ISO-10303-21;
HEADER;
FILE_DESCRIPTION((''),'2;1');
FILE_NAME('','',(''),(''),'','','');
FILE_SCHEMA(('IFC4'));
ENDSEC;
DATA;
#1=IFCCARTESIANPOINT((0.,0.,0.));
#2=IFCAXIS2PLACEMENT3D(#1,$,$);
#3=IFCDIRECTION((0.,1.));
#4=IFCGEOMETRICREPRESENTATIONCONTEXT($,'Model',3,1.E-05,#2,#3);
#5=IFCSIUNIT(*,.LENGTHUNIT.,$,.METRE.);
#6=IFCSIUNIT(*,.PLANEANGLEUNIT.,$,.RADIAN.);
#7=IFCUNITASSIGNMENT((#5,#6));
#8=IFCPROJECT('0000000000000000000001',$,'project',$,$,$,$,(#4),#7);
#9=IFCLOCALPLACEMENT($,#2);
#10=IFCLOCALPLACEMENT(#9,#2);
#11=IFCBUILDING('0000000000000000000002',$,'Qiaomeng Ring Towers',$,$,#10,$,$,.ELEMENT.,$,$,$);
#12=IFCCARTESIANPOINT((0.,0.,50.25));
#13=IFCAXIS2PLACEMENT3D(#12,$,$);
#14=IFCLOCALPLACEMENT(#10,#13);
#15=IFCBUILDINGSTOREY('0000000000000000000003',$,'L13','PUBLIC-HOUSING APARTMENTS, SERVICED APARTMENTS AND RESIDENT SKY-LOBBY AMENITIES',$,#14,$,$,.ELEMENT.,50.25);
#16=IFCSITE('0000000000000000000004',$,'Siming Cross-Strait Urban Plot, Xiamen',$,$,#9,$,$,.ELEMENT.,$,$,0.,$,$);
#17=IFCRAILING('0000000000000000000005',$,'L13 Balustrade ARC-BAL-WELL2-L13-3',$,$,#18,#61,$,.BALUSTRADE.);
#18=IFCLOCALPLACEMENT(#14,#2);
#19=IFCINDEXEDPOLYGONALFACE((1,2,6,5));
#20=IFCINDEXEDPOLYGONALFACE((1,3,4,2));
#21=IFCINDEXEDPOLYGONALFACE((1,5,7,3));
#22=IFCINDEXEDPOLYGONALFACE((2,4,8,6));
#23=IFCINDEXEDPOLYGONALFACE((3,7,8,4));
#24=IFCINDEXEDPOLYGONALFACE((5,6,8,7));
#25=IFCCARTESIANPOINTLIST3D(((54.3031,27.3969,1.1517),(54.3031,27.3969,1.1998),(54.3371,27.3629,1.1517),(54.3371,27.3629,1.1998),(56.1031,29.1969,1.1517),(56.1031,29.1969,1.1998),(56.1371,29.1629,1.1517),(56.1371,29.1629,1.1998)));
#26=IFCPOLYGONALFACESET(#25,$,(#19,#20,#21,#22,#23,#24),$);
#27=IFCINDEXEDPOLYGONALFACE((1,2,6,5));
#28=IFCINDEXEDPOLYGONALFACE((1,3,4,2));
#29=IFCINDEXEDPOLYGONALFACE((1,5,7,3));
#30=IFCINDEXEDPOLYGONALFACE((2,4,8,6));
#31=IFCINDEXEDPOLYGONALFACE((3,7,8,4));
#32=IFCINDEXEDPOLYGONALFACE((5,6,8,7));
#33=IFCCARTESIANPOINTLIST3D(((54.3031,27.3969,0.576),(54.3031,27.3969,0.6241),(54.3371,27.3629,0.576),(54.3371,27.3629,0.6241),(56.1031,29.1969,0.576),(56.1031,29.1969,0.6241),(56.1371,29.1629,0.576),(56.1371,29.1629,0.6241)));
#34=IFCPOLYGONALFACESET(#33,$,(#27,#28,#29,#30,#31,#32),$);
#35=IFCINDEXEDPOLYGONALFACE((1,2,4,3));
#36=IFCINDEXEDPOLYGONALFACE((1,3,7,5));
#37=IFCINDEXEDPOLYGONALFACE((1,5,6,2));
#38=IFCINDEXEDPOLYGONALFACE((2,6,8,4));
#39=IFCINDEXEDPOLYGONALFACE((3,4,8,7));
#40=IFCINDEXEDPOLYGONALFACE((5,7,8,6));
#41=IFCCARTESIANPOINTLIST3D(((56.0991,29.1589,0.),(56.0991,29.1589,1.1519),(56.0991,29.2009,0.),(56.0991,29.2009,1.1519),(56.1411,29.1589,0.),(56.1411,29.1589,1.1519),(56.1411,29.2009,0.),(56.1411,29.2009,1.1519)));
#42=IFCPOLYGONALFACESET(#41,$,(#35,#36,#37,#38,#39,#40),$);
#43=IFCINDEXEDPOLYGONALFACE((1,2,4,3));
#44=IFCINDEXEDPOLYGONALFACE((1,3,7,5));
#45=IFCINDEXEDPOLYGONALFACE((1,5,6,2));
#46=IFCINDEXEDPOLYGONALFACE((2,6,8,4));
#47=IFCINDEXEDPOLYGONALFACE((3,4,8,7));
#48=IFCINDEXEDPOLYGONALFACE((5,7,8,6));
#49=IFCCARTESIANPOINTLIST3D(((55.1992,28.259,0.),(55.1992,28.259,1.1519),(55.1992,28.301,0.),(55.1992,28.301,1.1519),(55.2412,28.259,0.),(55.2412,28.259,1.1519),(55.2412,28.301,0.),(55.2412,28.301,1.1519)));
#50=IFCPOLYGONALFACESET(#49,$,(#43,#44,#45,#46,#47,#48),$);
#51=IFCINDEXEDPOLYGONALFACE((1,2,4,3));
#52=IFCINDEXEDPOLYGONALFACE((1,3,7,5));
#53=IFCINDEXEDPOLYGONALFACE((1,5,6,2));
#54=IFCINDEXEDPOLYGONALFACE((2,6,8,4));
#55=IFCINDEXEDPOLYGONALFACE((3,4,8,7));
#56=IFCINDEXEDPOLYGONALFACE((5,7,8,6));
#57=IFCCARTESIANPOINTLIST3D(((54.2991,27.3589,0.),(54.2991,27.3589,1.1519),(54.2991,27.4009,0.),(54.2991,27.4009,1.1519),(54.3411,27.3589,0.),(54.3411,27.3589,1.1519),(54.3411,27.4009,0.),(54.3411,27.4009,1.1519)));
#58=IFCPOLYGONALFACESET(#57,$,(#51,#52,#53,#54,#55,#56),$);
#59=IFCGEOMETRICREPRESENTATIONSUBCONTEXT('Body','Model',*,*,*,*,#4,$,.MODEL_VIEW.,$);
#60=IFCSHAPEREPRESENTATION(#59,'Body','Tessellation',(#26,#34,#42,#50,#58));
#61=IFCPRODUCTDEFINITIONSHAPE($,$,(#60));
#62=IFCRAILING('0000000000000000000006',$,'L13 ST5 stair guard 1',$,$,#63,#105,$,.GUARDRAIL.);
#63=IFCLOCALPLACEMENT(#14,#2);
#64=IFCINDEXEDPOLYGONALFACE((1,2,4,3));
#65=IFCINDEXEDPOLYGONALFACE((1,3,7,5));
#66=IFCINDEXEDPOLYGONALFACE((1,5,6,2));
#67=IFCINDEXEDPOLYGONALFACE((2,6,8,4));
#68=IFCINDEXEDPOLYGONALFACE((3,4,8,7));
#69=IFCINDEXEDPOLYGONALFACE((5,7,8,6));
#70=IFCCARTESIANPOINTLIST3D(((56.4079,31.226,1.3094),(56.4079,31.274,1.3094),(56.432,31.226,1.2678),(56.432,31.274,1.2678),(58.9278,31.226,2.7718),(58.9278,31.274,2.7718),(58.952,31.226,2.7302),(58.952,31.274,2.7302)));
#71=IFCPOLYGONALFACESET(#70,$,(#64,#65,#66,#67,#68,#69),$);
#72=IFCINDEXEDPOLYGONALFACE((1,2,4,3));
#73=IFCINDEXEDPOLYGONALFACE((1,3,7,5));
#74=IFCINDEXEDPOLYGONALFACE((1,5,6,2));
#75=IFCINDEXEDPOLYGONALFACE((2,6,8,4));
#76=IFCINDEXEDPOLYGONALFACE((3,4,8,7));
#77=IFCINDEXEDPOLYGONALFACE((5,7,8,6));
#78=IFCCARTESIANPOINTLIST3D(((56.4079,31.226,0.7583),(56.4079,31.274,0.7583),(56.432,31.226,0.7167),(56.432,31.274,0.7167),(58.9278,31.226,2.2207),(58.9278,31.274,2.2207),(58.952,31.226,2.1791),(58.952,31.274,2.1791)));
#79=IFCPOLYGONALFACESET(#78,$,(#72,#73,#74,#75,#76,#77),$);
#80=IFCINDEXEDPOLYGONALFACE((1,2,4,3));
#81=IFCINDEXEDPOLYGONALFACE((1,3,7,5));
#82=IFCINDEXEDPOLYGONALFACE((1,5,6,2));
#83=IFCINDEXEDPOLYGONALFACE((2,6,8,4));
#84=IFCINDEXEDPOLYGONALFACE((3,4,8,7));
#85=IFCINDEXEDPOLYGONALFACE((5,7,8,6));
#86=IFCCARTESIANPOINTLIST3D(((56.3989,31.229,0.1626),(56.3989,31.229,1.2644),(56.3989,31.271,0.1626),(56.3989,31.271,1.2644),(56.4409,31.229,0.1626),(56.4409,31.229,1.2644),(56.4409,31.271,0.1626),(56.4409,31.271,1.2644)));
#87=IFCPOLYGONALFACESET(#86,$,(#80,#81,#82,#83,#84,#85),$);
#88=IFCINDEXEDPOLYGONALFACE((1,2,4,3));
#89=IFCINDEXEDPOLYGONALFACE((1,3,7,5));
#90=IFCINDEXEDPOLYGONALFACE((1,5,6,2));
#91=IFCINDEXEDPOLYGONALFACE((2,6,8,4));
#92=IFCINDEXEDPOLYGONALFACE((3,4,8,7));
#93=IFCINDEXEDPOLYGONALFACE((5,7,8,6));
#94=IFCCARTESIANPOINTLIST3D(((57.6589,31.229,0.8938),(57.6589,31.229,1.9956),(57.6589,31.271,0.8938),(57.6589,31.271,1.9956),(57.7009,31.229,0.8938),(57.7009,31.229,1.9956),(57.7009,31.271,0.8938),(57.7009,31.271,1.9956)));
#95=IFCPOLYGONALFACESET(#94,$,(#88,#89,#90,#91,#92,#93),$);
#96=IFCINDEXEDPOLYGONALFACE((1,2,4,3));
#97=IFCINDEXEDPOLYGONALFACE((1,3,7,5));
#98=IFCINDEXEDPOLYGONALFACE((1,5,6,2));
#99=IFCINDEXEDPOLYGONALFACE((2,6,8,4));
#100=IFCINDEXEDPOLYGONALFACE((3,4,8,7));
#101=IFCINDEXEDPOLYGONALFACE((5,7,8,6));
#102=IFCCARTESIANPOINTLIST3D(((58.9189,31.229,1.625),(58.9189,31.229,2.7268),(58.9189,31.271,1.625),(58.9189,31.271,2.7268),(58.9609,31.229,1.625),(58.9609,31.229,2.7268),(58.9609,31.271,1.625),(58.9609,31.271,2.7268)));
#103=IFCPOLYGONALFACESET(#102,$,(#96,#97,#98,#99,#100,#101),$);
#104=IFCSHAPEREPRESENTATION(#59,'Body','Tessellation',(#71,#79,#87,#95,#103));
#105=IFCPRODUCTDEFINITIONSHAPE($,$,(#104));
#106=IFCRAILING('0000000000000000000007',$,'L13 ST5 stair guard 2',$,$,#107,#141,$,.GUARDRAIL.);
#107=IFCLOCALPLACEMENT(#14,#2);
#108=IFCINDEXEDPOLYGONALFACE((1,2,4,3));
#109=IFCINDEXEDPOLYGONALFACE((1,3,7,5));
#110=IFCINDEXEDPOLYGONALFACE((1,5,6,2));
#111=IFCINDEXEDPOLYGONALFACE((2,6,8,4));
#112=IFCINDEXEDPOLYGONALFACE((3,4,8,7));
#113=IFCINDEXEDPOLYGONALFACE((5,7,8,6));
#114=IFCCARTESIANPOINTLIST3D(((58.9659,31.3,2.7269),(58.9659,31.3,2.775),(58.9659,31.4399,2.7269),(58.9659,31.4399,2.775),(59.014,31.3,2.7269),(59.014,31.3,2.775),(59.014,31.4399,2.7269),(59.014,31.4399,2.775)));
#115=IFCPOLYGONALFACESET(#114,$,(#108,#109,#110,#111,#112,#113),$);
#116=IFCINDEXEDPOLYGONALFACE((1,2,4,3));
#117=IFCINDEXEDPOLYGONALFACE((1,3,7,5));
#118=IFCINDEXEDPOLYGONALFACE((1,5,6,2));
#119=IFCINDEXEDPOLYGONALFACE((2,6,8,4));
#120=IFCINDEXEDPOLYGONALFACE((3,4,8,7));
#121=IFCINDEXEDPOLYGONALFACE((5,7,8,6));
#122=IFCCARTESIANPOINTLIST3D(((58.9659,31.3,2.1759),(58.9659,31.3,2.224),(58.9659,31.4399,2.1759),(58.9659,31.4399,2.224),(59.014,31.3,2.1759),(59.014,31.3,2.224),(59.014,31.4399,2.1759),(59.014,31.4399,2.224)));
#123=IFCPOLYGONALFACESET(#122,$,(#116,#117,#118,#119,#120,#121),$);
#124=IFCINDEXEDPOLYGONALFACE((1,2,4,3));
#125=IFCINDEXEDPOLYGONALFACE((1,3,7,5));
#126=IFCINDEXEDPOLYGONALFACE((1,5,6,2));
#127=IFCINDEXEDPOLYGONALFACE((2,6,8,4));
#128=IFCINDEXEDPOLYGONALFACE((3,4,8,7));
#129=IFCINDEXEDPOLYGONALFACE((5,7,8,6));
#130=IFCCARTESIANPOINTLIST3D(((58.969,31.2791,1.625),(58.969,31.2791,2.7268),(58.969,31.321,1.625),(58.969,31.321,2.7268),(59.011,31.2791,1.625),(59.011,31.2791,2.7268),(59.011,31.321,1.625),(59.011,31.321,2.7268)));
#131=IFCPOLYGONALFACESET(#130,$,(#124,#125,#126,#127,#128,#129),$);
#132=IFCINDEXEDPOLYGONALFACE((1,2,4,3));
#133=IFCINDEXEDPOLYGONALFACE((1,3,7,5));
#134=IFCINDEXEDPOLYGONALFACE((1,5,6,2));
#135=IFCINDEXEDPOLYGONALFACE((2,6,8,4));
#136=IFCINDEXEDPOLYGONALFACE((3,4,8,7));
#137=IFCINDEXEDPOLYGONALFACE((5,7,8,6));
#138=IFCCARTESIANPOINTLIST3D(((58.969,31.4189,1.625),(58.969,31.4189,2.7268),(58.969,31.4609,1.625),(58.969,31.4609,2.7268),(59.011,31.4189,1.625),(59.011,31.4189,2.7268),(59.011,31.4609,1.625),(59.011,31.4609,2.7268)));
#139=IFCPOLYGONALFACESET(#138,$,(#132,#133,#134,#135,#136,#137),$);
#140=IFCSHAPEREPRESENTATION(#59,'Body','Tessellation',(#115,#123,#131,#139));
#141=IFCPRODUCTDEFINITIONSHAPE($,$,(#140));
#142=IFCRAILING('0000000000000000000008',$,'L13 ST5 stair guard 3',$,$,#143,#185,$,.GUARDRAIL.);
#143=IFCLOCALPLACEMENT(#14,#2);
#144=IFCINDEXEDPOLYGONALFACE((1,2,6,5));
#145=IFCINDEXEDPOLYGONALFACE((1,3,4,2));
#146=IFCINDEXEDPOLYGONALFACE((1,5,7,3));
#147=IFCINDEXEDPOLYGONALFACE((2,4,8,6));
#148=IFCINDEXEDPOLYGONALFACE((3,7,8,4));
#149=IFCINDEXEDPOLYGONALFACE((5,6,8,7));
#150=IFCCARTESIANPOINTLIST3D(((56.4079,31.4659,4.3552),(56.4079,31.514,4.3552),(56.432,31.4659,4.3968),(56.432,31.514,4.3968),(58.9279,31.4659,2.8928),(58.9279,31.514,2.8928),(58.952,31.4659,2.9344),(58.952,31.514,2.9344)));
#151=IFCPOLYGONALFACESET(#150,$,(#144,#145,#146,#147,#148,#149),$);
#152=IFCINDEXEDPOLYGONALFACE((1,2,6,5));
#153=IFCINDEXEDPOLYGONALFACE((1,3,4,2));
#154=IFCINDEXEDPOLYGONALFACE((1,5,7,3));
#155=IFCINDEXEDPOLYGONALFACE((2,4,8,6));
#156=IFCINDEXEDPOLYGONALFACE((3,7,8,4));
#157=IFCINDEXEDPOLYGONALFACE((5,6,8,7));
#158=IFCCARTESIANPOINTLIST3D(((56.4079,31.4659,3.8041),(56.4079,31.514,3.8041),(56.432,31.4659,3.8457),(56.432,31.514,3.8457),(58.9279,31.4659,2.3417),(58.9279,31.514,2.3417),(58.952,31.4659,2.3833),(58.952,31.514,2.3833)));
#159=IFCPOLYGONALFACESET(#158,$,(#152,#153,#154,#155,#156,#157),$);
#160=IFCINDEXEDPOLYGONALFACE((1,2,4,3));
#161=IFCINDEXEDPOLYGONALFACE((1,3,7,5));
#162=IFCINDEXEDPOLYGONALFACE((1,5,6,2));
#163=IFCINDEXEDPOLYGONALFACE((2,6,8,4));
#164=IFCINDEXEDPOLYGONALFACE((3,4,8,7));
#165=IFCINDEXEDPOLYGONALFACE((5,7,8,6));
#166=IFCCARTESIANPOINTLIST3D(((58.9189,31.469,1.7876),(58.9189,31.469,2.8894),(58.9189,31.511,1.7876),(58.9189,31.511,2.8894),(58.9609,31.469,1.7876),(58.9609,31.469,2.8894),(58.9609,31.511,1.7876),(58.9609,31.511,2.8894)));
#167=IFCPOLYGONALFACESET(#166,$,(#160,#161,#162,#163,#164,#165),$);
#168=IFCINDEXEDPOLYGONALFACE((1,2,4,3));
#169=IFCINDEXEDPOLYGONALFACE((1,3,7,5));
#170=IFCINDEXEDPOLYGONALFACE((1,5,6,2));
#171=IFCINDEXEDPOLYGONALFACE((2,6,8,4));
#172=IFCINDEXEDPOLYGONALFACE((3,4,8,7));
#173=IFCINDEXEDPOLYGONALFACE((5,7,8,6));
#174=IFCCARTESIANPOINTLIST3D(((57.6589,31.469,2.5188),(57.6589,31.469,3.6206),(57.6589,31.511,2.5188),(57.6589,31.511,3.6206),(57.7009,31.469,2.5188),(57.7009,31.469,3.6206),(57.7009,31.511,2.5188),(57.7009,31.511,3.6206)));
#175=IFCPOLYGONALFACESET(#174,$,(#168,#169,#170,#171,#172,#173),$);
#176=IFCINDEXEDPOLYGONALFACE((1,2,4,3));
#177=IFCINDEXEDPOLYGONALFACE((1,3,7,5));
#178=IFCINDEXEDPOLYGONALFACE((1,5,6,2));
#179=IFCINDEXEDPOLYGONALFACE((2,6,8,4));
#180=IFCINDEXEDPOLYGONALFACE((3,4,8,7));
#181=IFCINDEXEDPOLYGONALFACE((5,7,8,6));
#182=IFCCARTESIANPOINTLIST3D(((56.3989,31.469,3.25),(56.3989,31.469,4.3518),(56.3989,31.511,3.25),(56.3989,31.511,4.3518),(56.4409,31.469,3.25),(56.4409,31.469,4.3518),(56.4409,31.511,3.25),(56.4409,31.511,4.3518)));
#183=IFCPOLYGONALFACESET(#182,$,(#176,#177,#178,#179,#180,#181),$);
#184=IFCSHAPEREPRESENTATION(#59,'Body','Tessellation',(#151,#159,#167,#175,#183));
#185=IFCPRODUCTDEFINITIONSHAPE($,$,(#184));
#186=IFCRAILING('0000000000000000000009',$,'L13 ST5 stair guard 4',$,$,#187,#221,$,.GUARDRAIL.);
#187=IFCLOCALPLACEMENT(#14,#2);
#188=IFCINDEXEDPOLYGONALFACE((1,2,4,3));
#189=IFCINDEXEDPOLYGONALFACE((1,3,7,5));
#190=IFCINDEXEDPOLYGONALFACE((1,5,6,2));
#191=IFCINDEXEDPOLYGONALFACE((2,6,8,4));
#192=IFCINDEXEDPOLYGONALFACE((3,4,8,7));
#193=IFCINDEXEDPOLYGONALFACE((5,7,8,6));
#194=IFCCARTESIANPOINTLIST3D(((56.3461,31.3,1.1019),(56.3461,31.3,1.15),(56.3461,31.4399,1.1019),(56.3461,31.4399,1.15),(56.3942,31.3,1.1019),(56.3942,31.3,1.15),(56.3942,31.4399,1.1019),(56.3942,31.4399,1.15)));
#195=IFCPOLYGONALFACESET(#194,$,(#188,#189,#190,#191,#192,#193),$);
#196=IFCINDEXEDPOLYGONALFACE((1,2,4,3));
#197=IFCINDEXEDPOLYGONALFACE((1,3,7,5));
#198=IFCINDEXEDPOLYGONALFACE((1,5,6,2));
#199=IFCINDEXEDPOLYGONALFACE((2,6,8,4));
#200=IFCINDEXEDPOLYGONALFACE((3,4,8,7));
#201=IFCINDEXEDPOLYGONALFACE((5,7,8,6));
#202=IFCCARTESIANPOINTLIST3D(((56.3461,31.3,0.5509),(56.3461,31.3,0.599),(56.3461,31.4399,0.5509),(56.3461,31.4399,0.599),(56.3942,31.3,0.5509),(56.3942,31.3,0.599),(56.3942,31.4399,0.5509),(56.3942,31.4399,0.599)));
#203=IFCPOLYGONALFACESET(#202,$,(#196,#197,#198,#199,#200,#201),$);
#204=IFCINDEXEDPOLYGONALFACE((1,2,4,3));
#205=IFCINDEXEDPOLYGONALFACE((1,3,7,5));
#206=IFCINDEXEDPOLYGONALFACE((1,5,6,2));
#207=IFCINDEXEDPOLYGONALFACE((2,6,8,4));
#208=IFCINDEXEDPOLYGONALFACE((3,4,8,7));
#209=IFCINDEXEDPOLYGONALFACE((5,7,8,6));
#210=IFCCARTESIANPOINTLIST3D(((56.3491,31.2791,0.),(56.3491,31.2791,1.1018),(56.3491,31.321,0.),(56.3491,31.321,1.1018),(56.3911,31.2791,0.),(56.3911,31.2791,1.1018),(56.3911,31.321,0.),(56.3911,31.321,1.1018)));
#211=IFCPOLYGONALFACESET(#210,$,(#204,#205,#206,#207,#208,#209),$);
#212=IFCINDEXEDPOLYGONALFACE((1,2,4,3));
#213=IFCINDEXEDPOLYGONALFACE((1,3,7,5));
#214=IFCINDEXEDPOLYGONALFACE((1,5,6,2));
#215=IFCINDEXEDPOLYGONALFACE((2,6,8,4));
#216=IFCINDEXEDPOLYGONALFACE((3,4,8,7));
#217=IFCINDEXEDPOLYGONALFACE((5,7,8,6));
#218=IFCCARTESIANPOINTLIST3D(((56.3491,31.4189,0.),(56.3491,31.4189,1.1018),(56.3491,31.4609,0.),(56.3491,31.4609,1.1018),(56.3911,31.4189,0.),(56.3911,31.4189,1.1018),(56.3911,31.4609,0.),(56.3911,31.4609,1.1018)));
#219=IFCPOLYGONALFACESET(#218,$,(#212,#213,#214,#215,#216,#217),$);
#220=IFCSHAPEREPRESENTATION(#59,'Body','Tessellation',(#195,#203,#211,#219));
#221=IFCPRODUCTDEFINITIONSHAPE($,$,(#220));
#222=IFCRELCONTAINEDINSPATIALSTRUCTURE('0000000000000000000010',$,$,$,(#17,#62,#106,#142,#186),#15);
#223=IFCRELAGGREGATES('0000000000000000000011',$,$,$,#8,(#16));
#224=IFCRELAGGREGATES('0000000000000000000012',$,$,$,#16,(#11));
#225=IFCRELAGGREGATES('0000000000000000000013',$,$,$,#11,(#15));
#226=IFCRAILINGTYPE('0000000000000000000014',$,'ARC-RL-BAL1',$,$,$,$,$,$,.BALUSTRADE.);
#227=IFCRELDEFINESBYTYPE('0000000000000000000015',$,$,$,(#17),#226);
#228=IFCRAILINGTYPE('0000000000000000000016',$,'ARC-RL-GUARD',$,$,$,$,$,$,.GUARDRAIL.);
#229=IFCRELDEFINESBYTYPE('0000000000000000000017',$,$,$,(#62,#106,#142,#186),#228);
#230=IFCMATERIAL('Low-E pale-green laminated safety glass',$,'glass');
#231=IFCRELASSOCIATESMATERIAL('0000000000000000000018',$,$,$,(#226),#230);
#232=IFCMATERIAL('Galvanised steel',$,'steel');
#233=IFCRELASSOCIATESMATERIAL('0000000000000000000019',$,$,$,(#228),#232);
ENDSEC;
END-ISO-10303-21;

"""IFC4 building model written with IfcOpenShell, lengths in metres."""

from ifc_helpers import new_model, si_unit, direction, frame, origin, origin_2d, place, context, subcontext, project, spatial, rectangle, extrude, material, type_object, element, save


model = new_model("IFC4")

# Units and contexts
model_context = context("Model", 3, precision=1e-05, world=origin(), true_north=direction((0.0, 1.0)))
body_context = subcontext(model_context, "Body", "Model", "MODEL_VIEW")
ifc_project = project(units=[si_unit("LENGTHUNIT", "METRE"), si_unit("PLANEANGLEUNIT", "RADIAN")], contexts=[model_context])

# Site, building, storey
site_placement = place(None, origin())
site = spatial("IfcSite", under=ifc_project, at=site_placement, Name="Siming Cross-Strait Urban Plot, Xiamen", CompositionType="ELEMENT", RefElevation=0.0)
building_placement = place(site_placement, origin())
building = spatial("IfcBuilding", under=site, at=building_placement, Name="Qiaomeng Ring Towers", CompositionType="ELEMENT")
storey_placement = place(building_placement, frame((0.0, 0.0, 50.25)))
storey = spatial("IfcBuildingStorey", under=building, at=storey_placement, Name="L13", Description="PUBLIC-HOUSING APARTMENTS, SERVICED APARTMENTS AND RESIDENT SKY-LOBBY AMENITIES", CompositionType="ELEMENT", Elevation=50.25)

# Railings
ifc_material_1 = material(Name="Low-E pale-green laminated safety glass", Category="glass")
railing_type_1 = type_object("IfcRailingType", Name="ARC-RL-BAL1", PredefinedType="BALUSTRADE", material=ifc_material_1)
railing_1_placement = place(storey_placement, frame((56.1201, 29.1799, 0.0)))
element("IfcRailing", 1, at=railing_1_placement, inside=storey, type_object=railing_type_1, Name="L13 Balustrade ARC-BAL-WELL2-L13-3", PredefinedType="BALUSTRADE", context=body_context, shape_type="SweptSolid", body=[
    extrude(rectangle(XDim=0.0481, YDim=0.0481, at=origin_2d()), frame((0.0, 0.0, 1.1758), z_axis=(-0.707107, -0.707107, 0.0), x_axis=(0.707107, -0.707107, 0.0)), (0.0, 0.0, 1.0), 2.5457),
    extrude(rectangle(XDim=0.0481, YDim=0.0481, at=origin_2d()), frame((0.0, 0.0, 0.6001), z_axis=(-0.707107, -0.707107, 0.0), x_axis=(0.707107, -0.707107, 0.0)), (0.0, 0.0, 1.0), 2.5457),
    extrude(rectangle(XDim=0.042, YDim=0.042, at=origin_2d()), origin(), (0.0, 0.0, 1.0), 1.1519),
    extrude(rectangle(XDim=0.042, YDim=0.042, at=origin_2d()), frame((-0.8999, -0.8999, 0.0)), (0.0, 0.0, 1.0), 1.1519),
    extrude(rectangle(XDim=0.042, YDim=0.042, at=origin_2d()), frame((-1.8, -1.8, 0.0)), (0.0, 0.0, 1.0), 1.1519),
])
ifc_material_2 = material(Name="Galvanised steel", Category="steel")
railing_type_2 = type_object("IfcRailingType", Name="ARC-RL-GUARD", PredefinedType="GUARDRAIL", material=ifc_material_2)
railing_2_placement = place(storey_placement, frame((56.4199, 31.25, 0.1626)))
element("IfcRailing", 2, at=railing_2_placement, inside=storey, type_object=railing_type_2, Name="L13 ST5 stair guard 1", PredefinedType="GUARDRAIL", context=body_context, shape_type="SweptSolid", body=[
    extrude(rectangle(XDim=0.0481, YDim=0.0481, at=origin_2d()), frame((0.0, 0.0, 1.126), z_axis=(0.864913, 0.0, 0.501921), x_axis=(0.0, 1.0, 0.0)), (0.0, 0.0, 1.0), 2.9136),
    extrude(rectangle(XDim=0.0481, YDim=0.0481, at=origin_2d()), frame((0.0, 0.0, 0.575), z_axis=(0.864913, 0.0, 0.501921), x_axis=(0.0, 1.0, 0.0)), (0.0, 0.0, 1.0), 2.9136),
    extrude(rectangle(XDim=0.042, YDim=0.042, at=origin_2d()), origin(), (0.0, 0.0, 1.0), 1.1018),
    extrude(rectangle(XDim=0.042, YDim=0.042, at=origin_2d()), frame((1.26, 0.0, 0.7312)), (0.0, 0.0, 1.0), 1.1018),
    extrude(rectangle(XDim=0.042, YDim=0.042, at=origin_2d()), frame((2.52, 0.0, 1.4624)), (0.0, 0.0, 1.0), 1.1018),
])
railing_3_placement = place(storey_placement, frame((58.99, 31.3, 1.625)))
element("IfcRailing", 3, at=railing_3_placement, inside=storey, type_object=railing_type_2, Name="L13 ST5 stair guard 2", PredefinedType="GUARDRAIL", context=body_context, shape_type="SweptSolid", body=[
    extrude(rectangle(XDim=0.0481, YDim=0.0481, at=origin_2d()), frame((0.0, 0.0, 1.126), z_axis=(0.0, 1.0, 0.0), x_axis=(-1.0, 0.0, 0.0)), (0.0, 0.0, 1.0), 0.1399),
    extrude(rectangle(XDim=0.0481, YDim=0.0481, at=origin_2d()), frame((0.0, 0.0, 0.575), z_axis=(0.0, 1.0, 0.0), x_axis=(-1.0, 0.0, 0.0)), (0.0, 0.0, 1.0), 0.1399),
    extrude(rectangle(XDim=0.042, YDim=0.042, at=origin_2d()), origin(), (0.0, 0.0, 1.0), 1.1018),
    extrude(rectangle(XDim=0.042, YDim=0.042, at=origin_2d()), frame((0.0, 0.1399, 0.0)), (0.0, 0.0, 1.0), 1.1018),
])
railing_4_placement = place(storey_placement, frame((58.9399, 31.49, 1.7876)))
element("IfcRailing", 4, at=railing_4_placement, inside=storey, type_object=railing_type_2, Name="L13 ST5 stair guard 3", PredefinedType="GUARDRAIL", context=body_context, shape_type="SweptSolid", body=[
    extrude(rectangle(XDim=0.0481, YDim=0.0481, at=origin_2d()), frame((0.0, 0.0, 1.126), z_axis=(-0.864913, 0.0, 0.501921), x_axis=(0.0, -1.0, 0.0)), (0.0, 0.0, 1.0), 2.9136),
    extrude(rectangle(XDim=0.0481, YDim=0.0481, at=origin_2d()), frame((0.0, 0.0, 0.575), z_axis=(-0.864913, 0.0, 0.501921), x_axis=(0.0, -1.0, 0.0)), (0.0, 0.0, 1.0), 2.9136),
    extrude(rectangle(XDim=0.042, YDim=0.042, at=origin_2d()), origin(), (0.0, 0.0, 1.0), 1.1018),
    extrude(rectangle(XDim=0.042, YDim=0.042, at=origin_2d()), frame((-1.26, 0.0, 0.7312)), (0.0, 0.0, 1.0), 1.1018),
    extrude(rectangle(XDim=0.042, YDim=0.042, at=origin_2d()), frame((-2.52, 0.0, 1.4624)), (0.0, 0.0, 1.0), 1.1018),
])
railing_5_placement = place(storey_placement, frame((56.3701, 31.3, 0.0)))
element("IfcRailing", 5, at=railing_5_placement, inside=storey, type_object=railing_type_2, Name="L13 ST5 stair guard 4", PredefinedType="GUARDRAIL", context=body_context, shape_type="SweptSolid", body=[
    extrude(rectangle(XDim=0.0481, YDim=0.0481, at=origin_2d()), frame((0.0, 0.0, 1.126), z_axis=(0.0, 1.0, 0.0), x_axis=(-1.0, 0.0, 0.0)), (0.0, 0.0, 1.0), 0.1399),
    extrude(rectangle(XDim=0.0481, YDim=0.0481, at=origin_2d()), frame((0.0, 0.0, 0.575), z_axis=(0.0, 1.0, 0.0), x_axis=(-1.0, 0.0, 0.0)), (0.0, 0.0, 1.0), 0.1399),
    extrude(rectangle(XDim=0.042, YDim=0.042, at=origin_2d()), origin(), (0.0, 0.0, 1.0), 1.1018),
    extrude(rectangle(XDim=0.042, YDim=0.042, at=origin_2d()), frame((0.0, 0.1399, 0.0)), (0.0, 0.0, 1.0), 1.1018),
])

save(model, "model.ifc")
